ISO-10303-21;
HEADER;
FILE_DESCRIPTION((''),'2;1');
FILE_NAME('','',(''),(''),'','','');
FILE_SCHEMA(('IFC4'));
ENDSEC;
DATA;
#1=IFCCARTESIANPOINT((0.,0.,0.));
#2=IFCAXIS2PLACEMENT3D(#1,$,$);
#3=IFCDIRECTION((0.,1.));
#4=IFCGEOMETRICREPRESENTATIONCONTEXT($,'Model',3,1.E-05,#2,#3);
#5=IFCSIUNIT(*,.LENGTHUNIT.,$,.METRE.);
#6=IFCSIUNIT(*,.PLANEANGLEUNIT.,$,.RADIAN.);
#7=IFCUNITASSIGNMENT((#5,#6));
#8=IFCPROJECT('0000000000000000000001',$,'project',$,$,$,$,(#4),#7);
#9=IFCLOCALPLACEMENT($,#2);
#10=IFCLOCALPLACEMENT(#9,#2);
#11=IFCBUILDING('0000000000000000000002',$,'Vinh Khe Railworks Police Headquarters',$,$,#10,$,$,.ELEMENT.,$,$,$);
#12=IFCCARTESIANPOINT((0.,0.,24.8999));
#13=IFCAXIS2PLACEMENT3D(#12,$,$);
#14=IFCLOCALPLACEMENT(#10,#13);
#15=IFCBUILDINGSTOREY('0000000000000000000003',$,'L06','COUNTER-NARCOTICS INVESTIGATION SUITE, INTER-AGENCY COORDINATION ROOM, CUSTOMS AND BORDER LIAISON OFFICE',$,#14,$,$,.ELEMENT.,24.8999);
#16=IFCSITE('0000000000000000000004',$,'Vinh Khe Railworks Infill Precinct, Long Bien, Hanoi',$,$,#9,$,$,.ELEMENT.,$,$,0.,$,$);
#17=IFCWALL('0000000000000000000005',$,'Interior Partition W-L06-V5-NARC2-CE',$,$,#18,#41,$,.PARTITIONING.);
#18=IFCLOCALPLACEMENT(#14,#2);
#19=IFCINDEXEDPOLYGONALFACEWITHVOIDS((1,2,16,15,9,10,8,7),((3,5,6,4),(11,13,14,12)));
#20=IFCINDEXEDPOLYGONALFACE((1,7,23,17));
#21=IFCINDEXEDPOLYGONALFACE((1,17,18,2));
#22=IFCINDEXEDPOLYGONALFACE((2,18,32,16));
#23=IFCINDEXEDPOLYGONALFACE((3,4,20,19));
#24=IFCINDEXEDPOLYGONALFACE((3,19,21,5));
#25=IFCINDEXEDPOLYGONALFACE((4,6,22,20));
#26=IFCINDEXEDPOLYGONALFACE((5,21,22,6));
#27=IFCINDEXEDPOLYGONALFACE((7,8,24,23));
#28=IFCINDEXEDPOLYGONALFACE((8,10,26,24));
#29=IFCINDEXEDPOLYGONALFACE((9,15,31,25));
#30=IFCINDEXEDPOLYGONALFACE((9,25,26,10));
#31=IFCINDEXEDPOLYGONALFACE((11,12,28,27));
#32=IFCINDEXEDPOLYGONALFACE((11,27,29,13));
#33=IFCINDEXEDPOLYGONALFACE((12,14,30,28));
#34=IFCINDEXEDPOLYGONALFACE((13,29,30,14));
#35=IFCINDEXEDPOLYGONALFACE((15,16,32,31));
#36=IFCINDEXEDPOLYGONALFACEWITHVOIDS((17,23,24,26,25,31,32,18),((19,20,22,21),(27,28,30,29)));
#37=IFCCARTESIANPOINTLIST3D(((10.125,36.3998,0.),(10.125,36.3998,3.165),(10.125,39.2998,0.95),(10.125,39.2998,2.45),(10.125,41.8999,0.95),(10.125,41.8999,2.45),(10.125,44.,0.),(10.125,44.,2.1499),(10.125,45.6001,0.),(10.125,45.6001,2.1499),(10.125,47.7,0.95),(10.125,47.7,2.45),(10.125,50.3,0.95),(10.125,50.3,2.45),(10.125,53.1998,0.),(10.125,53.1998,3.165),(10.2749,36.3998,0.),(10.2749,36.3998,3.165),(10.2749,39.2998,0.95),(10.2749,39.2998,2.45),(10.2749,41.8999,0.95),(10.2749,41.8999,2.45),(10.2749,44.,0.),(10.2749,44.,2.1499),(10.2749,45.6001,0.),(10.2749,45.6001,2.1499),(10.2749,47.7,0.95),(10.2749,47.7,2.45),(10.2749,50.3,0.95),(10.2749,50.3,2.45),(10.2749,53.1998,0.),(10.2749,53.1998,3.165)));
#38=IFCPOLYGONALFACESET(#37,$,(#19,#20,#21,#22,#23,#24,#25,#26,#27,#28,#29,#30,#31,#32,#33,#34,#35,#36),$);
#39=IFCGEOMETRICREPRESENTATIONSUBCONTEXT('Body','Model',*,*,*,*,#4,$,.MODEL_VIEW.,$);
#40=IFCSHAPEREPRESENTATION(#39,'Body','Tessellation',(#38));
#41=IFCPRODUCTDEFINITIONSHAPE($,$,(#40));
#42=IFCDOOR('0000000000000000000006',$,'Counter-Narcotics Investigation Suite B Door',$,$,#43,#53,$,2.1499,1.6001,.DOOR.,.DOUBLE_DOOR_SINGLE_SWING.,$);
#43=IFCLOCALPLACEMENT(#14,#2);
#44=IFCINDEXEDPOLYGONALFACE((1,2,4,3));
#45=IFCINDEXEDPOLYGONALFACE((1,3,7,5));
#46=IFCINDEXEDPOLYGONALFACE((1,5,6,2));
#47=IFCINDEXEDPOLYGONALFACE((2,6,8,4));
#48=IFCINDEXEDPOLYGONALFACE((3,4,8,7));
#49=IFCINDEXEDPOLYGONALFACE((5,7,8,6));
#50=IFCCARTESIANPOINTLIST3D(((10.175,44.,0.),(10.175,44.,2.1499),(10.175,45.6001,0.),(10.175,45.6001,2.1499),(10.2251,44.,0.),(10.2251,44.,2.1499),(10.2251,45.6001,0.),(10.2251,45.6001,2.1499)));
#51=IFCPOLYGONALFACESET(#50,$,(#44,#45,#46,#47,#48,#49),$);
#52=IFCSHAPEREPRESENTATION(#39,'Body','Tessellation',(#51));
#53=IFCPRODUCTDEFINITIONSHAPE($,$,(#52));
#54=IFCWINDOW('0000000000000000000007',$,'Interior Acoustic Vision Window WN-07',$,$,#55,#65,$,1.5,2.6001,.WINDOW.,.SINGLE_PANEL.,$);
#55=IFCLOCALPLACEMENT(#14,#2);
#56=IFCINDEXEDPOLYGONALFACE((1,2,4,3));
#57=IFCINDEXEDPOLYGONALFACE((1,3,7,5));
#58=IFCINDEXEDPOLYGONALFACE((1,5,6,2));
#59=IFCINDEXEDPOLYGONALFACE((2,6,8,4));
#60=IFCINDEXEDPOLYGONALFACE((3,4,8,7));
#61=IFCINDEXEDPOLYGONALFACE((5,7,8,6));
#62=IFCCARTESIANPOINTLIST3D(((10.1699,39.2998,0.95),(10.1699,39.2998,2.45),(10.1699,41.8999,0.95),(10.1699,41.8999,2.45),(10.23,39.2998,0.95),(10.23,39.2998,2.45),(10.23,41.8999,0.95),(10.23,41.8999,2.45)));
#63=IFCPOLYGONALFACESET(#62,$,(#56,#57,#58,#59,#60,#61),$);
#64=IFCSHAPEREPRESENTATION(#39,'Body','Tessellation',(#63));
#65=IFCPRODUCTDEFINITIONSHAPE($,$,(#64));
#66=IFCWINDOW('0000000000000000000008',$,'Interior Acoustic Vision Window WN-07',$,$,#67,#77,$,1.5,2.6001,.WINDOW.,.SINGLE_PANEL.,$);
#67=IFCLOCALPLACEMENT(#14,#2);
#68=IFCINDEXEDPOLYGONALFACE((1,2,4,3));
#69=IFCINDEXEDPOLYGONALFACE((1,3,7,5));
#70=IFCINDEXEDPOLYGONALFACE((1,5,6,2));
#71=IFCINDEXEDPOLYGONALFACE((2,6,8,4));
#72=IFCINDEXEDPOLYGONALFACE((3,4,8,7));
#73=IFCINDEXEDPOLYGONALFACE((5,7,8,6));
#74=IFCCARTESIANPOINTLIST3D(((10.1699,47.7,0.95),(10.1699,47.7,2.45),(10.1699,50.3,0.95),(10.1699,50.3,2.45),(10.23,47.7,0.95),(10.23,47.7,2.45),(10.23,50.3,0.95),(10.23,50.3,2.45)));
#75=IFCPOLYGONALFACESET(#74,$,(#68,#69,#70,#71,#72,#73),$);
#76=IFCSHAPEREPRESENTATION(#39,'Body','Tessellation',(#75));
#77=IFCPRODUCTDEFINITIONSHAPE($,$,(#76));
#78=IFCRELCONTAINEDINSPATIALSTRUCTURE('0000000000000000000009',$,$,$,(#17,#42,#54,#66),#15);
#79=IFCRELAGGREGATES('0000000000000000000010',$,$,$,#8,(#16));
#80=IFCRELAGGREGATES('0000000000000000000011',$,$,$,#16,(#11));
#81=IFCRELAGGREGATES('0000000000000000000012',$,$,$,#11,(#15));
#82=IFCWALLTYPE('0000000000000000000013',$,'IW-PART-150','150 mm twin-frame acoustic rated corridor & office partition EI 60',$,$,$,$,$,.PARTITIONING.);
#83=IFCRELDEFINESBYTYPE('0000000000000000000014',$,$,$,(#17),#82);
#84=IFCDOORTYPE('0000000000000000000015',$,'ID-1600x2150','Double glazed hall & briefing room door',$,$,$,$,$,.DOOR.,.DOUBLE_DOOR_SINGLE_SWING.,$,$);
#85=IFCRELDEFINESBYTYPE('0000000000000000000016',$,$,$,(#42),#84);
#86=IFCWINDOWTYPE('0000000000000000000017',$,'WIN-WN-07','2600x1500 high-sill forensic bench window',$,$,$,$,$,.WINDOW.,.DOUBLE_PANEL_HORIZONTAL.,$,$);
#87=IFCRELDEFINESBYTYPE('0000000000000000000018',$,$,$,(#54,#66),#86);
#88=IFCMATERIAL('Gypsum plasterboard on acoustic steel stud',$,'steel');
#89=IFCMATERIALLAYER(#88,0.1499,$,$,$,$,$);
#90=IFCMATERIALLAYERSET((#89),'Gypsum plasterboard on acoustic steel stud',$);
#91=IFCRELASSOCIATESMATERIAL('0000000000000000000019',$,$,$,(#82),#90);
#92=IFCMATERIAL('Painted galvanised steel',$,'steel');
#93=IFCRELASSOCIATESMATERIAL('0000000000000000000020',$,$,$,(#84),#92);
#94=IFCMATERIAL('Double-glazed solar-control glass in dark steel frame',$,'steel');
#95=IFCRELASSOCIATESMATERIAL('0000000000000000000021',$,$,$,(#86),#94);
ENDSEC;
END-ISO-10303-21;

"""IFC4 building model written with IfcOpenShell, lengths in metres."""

from ifc_helpers import new_model, si_unit, direction, frame, frame_2d, origin, place, context, subcontext, project, spatial, rectangle, extrude, material, layer, layer_set, type_object, element, fill, save


model = new_model("IFC4")

# Units and contexts
model_context = context("Model", 3, precision=1e-05, world=origin(), true_north=direction((0.0, 1.0)))
body_context = subcontext(model_context, "Body", "Model", "MODEL_VIEW")
ifc_project = project(units=[si_unit("LENGTHUNIT", "METRE"), si_unit("PLANEANGLEUNIT", "RADIAN")], contexts=[model_context])

# Site, building, storey
site_placement = place(None, origin())
site = spatial("IfcSite", under=ifc_project, at=site_placement, Name="Vinh Khe Railworks Infill Precinct, Long Bien, Hanoi", CompositionType="ELEMENT", RefElevation=0.0)
building_placement = place(site_placement, origin())
building = spatial("IfcBuilding", under=site, at=building_placement, Name="Vinh Khe Railworks Police Headquarters", CompositionType="ELEMENT")
storey_placement = place(building_placement, frame((0.0, 0.0, 24.8999)))
storey = spatial("IfcBuildingStorey", under=building, at=storey_placement, Name="L06", Description="COUNTER-NARCOTICS INVESTIGATION SUITE, INTER-AGENCY COORDINATION ROOM, CUSTOMS AND BORDER LIAISON OFFICE", CompositionType="ELEMENT", Elevation=24.8999)

# Shared definitions
ifc_material_1 = material(Name="Double-glazed solar-control glass in dark steel frame", Category="steel")

# Wall, openings, door, windows
ifc_material_2 = material(Name="Gypsum plasterboard on acoustic steel stud", Category="steel")
ifc_layer_1 = layer(ifc_material_2, 0.1499)
ifc_layer_set_1 = layer_set([ifc_layer_1], Name="Gypsum plasterboard on acoustic steel stud")
wall_type_1 = type_object("IfcWallType", Name="IW-PART-150", Description="150 mm twin-frame acoustic rated corridor & office partition EI 60", PredefinedType="PARTITIONING", material=ifc_layer_set_1)
wall_1_placement = place(storey_placement, frame((10.2, 36.3999, 0.0), z_axis=(0.0, 0.0, 1.0), x_axis=(0.0, 1.0, 0.0)))
wall_1 = element("IfcWall", 1, at=wall_1_placement, inside=storey, type_object=wall_type_1, Name="Interior Partition W-L06-V5-NARC2-CE", PredefinedType="PARTITIONING", context=body_context, shape_type="SweptSolid", body=[
    extrude(rectangle(XDim=16.8, YDim=0.1499, at=frame_2d((8.3999, 0.0))), origin(), (0.0, 0.0, 1.0), 3.165),
])
opening_1_placement = place(wall_1_placement, frame((7.6001, 0.0, 0.0)))
opening_1 = element("IfcOpeningElement", 2, at=opening_1_placement, cuts=wall_1, PredefinedType="OPENING", context=body_context, shape_type="SweptSolid", body=[
    extrude(rectangle(XDim=1.6001, YDim=2.1499, at=frame_2d((0.8, 1.075))), frame((0.0, 0.0898, 0.0), z_axis=(0.0, -1.0, 0.0), x_axis=(1.0, 0.0, 0.0)), (0.0, 0.0, 1.0), 0.1797),
])
opening_2_placement = place(wall_1_placement, frame((2.8999, 0.0, 0.95)))
opening_2 = element("IfcOpeningElement", 3, at=opening_2_placement, cuts=wall_1, PredefinedType="OPENING", context=body_context, shape_type="SweptSolid", body=[
    extrude(rectangle(XDim=2.6001, YDim=1.5, at=frame_2d((1.3, 0.75))), frame((0.0, 0.0898, 0.0), z_axis=(0.0, -1.0, 0.0), x_axis=(1.0, 0.0, 0.0)), (0.0, 0.0, 1.0), 0.1797),
])
opening_3_placement = place(wall_1_placement, frame((11.3, 0.0, 0.95)))
opening_3 = element("IfcOpeningElement", 4, at=opening_3_placement, cuts=wall_1, PredefinedType="OPENING", context=body_context, shape_type="SweptSolid", body=[
    extrude(rectangle(XDim=2.6001, YDim=1.5, at=frame_2d((1.3, 0.75))), frame((0.0, 0.0898, 0.0), z_axis=(0.0, -1.0, 0.0), x_axis=(1.0, 0.0, 0.0)), (0.0, 0.0, 1.0), 0.1797),
])
ifc_material_3 = material(Name="Painted galvanised steel", Category="steel")
door_type = type_object("IfcDoorType", Name="ID-1600x2150", Description="Double glazed hall & briefing room door", OperationType="DOUBLE_DOOR_SINGLE_SWING", PredefinedType="DOOR", material=ifc_material_3)
door_placement = place(opening_1_placement, origin())
door = element("IfcDoor", 5, at=door_placement, inside=storey, type_object=door_type, Name="Counter-Narcotics Investigation Suite B Door", OperationType="DOUBLE_DOOR_SINGLE_SWING", OverallHeight=2.1499, OverallWidth=1.6001, PredefinedType="DOOR", context=body_context, shape_type="SweptSolid", body=[
    extrude(rectangle(XDim=1.6001, YDim=2.1499, at=frame_2d((0.8, 1.075))), frame((0.0, 0.0249, 0.0), z_axis=(0.0, -1.0, 0.0), x_axis=(1.0, 0.0, 0.0)), (0.0, 0.0, 1.0), 0.05),
])
fill(opening_1, door)
window_type_1 = type_object("IfcWindowType", Name="WIN-WN-07", Description="2600x1500 high-sill forensic bench window", PartitioningType="DOUBLE_PANEL_HORIZONTAL", PredefinedType="WINDOW", material=ifc_material_1)
window_1_placement = place(opening_2_placement, origin())
window_1 = element("IfcWindow", 6, at=window_1_placement, inside=storey, type_object=window_type_1, Name="Interior Acoustic Vision Window WN-07", OverallHeight=1.5, OverallWidth=2.6001, PartitioningType="SINGLE_PANEL", PredefinedType="WINDOW", context=body_context, shape_type="SweptSolid", body=[
    extrude(rectangle(XDim=2.6001, YDim=1.5, at=frame_2d((1.3, 0.75))), frame((0.0, 0.03, 0.0), z_axis=(0.0, -1.0, 0.0), x_axis=(1.0, 0.0, 0.0)), (0.0, 0.0, 1.0), 0.0601),
])
fill(opening_2, window_1)
window_2_placement = place(opening_3_placement, origin())
window_2 = element("IfcWindow", 7, at=window_2_placement, inside=storey, type_object=window_type_1, Name="Interior Acoustic Vision Window WN-07", OverallHeight=1.5, OverallWidth=2.6001, PartitioningType="SINGLE_PANEL", PredefinedType="WINDOW", context=body_context, shape_type="SweptSolid", body=[
    extrude(rectangle(XDim=2.6001, YDim=1.5, at=frame_2d((1.3, 0.75))), frame((0.0, 0.03, 0.0), z_axis=(0.0, -1.0, 0.0), x_axis=(1.0, 0.0, 0.0)), (0.0, 0.0, 1.0), 0.0601),
])
fill(opening_3, window_2)

save(model, "model.ifc")
